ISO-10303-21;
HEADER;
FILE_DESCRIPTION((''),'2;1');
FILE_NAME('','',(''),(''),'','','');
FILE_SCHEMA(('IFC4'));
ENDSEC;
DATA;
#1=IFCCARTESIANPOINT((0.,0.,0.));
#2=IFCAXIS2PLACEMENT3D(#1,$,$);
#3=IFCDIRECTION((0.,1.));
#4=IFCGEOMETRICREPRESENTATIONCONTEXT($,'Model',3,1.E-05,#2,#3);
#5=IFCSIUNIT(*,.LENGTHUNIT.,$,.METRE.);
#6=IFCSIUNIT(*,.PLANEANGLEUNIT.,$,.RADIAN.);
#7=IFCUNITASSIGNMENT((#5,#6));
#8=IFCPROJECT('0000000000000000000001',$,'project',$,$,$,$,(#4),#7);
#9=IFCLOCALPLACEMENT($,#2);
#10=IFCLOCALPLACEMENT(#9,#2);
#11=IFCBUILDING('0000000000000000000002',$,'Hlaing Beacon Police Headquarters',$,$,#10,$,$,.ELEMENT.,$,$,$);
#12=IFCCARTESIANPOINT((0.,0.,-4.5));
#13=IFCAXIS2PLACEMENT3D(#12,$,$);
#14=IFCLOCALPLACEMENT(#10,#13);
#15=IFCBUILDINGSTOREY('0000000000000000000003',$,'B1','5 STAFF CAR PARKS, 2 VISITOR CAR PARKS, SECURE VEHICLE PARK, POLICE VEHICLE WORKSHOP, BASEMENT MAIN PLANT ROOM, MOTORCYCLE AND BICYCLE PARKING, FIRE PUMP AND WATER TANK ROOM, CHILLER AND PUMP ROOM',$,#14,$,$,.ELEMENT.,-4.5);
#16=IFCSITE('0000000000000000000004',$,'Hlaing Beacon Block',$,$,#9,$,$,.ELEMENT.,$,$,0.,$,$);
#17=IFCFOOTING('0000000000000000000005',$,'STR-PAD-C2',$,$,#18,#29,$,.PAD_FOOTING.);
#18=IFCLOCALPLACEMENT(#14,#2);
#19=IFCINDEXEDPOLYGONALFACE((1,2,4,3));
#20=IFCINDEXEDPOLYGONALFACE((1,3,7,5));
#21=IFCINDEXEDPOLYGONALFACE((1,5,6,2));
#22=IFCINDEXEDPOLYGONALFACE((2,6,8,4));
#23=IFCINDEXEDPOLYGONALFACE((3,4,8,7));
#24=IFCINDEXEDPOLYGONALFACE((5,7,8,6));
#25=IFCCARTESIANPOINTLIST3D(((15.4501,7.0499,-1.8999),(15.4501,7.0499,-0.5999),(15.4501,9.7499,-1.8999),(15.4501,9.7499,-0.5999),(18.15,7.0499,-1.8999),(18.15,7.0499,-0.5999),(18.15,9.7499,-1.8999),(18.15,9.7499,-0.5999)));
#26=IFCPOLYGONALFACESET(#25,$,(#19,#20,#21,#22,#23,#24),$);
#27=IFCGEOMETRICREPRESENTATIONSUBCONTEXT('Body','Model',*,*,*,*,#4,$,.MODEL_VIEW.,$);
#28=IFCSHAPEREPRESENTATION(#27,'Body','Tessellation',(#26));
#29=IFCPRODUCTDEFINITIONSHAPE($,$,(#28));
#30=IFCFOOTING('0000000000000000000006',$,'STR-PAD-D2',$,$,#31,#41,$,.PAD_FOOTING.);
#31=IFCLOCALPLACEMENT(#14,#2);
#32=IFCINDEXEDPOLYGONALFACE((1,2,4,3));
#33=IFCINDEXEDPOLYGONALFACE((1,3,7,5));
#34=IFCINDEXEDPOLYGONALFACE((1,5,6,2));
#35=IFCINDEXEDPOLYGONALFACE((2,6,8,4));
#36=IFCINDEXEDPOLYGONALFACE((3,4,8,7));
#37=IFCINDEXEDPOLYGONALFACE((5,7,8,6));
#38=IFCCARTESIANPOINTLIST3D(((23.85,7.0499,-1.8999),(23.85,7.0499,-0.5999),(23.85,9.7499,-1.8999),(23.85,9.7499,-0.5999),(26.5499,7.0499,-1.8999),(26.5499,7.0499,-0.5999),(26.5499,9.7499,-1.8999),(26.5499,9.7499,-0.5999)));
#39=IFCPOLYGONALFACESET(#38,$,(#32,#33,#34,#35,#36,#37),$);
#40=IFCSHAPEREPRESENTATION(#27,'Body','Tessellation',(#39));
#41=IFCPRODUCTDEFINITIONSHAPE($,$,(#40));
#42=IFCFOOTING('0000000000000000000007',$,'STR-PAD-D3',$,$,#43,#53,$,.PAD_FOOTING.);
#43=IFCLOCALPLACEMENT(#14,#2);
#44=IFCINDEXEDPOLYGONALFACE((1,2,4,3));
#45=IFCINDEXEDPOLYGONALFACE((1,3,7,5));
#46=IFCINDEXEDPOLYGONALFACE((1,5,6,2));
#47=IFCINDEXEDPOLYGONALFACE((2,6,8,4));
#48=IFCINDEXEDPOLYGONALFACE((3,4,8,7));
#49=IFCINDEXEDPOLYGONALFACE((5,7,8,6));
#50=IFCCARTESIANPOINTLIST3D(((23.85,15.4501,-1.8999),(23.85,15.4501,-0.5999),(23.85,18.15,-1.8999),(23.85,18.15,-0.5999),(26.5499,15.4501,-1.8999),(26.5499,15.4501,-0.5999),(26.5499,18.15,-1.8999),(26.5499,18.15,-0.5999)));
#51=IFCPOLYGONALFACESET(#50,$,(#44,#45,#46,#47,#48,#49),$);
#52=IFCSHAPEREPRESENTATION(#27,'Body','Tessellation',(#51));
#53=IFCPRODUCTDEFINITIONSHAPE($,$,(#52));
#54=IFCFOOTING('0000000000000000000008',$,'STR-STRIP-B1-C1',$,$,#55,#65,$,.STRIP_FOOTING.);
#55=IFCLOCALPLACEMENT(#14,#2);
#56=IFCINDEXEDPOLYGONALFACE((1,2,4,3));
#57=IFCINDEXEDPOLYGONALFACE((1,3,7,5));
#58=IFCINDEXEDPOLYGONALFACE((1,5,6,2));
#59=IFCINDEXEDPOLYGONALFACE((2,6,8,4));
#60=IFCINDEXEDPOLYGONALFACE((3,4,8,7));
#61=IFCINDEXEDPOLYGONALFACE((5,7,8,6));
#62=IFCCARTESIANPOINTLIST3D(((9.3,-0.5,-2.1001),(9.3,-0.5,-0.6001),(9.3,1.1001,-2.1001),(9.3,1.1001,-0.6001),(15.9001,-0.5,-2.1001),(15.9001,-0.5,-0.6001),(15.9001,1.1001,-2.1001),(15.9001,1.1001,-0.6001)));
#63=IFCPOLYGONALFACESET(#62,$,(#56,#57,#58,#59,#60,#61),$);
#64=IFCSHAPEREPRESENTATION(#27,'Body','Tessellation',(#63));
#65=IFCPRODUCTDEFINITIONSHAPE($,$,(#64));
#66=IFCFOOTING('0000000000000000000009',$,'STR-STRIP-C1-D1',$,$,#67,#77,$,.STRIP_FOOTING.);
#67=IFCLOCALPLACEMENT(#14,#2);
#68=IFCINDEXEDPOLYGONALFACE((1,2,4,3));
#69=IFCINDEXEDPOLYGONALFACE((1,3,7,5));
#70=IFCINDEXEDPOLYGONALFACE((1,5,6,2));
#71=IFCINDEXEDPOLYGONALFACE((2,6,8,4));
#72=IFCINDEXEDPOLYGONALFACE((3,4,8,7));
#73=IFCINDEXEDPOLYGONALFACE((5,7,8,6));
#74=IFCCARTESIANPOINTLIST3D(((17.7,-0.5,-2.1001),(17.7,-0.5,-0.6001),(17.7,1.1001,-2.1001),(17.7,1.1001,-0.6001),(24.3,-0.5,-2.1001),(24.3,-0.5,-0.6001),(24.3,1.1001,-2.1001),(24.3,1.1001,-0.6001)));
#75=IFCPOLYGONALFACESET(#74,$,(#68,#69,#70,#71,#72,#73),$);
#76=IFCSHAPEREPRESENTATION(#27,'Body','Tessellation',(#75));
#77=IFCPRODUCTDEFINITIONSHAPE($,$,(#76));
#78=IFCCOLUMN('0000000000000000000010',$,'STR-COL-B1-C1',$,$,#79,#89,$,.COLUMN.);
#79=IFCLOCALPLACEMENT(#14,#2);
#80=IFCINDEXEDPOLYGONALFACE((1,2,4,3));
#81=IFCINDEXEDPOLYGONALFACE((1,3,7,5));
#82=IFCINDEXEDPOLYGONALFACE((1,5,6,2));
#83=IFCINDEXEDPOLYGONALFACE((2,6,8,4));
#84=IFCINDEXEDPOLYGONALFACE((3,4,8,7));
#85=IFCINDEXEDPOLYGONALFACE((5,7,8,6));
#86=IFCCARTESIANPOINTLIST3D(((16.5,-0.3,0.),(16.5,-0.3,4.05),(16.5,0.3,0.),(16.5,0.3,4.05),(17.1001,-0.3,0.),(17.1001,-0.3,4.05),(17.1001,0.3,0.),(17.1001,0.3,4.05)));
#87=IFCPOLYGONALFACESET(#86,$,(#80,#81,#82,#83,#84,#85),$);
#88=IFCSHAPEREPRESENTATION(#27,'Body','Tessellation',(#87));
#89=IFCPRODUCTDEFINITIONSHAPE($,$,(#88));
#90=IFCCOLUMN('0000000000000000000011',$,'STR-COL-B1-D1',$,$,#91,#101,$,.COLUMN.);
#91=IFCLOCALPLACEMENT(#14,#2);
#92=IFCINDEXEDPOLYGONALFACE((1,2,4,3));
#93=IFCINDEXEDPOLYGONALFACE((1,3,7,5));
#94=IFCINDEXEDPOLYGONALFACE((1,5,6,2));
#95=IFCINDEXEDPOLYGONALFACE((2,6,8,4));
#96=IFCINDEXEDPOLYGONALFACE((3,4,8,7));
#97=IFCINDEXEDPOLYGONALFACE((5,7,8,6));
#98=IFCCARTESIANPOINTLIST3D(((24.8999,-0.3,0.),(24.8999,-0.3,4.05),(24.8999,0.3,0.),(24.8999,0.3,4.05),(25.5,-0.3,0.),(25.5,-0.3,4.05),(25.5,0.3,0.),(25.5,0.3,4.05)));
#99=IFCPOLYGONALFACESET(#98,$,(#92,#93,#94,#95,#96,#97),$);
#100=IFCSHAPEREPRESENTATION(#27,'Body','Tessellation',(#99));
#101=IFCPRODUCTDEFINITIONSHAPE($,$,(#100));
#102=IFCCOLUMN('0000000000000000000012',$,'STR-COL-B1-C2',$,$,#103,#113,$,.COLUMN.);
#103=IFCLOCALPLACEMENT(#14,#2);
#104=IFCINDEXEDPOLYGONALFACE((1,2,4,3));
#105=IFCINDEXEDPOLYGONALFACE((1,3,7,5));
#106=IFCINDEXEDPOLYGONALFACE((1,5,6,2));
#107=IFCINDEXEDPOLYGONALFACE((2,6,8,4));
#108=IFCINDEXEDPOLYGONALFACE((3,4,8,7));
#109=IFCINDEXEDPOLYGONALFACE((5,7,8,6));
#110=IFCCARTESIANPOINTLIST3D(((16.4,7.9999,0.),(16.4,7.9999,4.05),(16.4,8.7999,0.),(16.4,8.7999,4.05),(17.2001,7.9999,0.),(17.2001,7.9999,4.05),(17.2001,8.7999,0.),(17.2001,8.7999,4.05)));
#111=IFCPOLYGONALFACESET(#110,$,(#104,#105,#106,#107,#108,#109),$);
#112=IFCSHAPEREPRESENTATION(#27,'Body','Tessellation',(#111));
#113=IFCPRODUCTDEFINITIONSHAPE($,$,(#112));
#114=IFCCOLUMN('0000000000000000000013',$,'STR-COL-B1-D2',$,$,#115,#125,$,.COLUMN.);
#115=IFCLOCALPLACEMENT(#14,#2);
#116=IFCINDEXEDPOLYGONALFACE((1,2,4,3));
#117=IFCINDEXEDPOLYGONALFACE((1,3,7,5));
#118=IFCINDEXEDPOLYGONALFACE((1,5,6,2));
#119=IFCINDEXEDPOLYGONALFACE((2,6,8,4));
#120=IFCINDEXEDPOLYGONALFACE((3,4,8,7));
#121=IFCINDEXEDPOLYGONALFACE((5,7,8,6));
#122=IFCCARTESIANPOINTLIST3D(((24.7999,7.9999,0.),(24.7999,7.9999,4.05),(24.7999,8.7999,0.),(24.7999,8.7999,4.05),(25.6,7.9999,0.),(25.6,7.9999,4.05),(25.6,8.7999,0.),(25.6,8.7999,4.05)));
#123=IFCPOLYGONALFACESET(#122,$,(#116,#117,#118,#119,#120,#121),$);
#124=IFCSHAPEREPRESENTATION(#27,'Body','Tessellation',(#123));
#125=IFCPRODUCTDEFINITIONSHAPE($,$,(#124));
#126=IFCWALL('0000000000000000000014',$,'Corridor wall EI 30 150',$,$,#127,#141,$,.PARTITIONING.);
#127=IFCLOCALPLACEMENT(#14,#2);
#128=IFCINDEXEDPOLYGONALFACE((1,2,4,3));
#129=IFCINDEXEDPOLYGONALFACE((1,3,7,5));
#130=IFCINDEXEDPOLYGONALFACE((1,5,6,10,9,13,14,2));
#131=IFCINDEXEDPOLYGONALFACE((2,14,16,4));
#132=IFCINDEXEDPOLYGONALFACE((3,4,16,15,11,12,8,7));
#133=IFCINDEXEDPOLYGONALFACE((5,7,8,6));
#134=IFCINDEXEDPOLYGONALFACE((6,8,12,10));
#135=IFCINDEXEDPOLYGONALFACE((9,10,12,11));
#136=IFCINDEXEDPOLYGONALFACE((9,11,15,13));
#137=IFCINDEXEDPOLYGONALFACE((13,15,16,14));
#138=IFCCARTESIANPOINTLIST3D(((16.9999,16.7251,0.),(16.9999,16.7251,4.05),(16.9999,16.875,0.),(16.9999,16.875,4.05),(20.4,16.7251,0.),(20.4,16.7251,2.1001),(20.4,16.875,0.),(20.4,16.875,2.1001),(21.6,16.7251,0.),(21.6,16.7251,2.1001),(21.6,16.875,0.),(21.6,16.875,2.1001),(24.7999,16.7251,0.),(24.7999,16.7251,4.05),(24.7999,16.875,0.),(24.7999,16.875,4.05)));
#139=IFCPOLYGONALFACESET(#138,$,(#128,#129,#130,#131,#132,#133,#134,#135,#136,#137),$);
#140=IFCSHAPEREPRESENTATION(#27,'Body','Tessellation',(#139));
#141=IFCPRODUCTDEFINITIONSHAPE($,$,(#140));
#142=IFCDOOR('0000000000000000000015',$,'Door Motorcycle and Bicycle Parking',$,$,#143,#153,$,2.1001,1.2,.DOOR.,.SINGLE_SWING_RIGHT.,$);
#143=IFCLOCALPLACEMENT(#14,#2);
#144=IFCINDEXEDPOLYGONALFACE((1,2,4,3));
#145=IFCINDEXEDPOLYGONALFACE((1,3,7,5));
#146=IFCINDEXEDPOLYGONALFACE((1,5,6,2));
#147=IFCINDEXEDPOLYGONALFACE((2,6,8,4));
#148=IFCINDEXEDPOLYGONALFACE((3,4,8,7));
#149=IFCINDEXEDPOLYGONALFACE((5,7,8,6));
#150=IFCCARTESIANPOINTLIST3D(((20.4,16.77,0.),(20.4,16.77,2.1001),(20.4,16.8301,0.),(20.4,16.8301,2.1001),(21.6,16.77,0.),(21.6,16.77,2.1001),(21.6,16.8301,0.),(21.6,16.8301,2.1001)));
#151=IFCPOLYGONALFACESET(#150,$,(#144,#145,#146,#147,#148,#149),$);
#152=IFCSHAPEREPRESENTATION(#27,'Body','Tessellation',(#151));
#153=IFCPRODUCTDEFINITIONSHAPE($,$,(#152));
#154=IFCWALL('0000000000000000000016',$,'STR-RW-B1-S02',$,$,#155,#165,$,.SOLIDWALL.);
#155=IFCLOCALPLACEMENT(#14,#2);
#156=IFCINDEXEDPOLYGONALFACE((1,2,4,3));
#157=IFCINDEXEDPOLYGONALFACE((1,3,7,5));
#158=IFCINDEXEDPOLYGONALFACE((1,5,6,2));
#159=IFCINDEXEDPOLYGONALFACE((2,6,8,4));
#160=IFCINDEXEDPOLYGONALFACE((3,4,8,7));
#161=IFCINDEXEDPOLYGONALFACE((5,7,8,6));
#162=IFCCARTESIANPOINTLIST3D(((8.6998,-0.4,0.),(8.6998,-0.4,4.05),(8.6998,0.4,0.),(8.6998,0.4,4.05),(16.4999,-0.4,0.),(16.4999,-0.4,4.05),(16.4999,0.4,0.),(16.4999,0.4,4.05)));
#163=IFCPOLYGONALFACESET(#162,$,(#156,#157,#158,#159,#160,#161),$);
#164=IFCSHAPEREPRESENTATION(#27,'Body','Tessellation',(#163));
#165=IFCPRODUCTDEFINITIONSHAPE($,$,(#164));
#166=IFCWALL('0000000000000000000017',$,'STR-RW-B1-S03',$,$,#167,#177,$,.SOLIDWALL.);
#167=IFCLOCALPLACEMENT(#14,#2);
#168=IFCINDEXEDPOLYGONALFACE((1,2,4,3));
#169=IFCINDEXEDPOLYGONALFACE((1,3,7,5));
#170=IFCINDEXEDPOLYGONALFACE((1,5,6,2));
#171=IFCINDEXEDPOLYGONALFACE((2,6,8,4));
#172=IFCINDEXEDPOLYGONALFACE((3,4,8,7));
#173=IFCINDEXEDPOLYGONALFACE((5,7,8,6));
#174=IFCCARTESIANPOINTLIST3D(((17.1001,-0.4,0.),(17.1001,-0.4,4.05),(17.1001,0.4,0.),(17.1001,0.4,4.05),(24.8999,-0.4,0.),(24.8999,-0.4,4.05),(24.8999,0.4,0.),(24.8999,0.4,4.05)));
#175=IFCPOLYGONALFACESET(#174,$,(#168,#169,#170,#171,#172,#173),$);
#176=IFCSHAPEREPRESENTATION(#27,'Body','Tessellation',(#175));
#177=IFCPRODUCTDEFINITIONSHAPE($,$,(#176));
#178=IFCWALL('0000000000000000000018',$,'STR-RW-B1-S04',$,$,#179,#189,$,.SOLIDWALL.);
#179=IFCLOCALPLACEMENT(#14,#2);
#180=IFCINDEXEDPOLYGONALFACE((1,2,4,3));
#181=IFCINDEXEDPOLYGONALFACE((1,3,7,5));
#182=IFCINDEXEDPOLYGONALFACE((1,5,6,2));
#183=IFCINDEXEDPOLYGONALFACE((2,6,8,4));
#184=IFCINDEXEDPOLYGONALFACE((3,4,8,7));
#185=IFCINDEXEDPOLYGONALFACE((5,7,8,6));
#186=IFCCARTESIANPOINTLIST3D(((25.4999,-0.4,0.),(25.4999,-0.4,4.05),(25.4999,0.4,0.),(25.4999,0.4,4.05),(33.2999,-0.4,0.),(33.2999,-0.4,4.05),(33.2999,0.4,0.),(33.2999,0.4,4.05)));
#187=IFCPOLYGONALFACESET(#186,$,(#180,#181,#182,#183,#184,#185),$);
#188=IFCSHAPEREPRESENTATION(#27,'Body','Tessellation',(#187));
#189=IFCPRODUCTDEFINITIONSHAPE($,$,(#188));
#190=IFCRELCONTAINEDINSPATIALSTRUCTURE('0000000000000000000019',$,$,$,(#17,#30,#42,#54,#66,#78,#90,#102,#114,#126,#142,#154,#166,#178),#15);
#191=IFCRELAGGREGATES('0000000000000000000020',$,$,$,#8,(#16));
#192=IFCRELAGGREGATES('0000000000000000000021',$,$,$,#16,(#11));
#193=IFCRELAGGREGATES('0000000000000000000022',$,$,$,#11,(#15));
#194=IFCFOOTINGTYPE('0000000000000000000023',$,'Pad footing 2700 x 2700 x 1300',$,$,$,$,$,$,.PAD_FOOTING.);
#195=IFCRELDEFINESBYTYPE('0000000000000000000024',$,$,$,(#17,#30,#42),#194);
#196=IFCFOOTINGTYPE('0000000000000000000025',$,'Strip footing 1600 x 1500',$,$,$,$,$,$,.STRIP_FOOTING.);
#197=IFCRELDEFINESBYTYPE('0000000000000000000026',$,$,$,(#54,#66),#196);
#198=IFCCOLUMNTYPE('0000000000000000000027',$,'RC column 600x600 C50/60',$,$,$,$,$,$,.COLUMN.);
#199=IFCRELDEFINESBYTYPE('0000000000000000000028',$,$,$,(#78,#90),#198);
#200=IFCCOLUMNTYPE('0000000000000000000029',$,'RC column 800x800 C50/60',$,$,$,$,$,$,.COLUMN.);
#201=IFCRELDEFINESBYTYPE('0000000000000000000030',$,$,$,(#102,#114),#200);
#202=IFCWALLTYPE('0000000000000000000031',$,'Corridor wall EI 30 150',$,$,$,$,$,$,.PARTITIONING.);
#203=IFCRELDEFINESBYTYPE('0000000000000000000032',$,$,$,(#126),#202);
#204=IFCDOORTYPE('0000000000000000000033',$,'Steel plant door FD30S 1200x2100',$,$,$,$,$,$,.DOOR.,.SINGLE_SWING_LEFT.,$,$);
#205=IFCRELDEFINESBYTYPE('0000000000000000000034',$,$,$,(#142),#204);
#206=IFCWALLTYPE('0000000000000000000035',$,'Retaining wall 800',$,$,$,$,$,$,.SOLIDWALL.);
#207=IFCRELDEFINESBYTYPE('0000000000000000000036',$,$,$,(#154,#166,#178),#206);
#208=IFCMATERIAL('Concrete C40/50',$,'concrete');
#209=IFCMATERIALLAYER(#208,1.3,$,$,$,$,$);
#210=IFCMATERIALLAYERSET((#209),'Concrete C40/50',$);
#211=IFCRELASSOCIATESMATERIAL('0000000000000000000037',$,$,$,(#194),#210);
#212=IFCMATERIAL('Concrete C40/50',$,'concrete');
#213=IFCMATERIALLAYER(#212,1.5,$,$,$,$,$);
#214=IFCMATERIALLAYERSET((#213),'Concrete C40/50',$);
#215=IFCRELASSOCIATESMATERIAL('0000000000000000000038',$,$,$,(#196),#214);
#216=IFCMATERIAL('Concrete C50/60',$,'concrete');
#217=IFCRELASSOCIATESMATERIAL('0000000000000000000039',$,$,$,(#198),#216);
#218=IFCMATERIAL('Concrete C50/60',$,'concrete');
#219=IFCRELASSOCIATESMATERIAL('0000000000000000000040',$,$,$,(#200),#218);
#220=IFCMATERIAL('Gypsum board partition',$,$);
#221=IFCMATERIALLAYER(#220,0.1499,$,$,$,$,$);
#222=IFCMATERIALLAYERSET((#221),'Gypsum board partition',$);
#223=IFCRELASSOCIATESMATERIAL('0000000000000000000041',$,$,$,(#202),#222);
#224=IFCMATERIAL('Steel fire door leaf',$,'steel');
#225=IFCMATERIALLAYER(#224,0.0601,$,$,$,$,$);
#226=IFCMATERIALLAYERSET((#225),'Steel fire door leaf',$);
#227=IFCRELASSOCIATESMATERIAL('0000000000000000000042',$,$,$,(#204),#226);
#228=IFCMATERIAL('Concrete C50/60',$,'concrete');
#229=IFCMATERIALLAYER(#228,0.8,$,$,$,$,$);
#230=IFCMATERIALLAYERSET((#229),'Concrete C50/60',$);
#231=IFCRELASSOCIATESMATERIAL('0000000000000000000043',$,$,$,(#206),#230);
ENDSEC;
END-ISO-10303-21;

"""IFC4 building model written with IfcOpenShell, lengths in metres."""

from ifc_helpers import new_model, si_unit, direction, frame, frame_2d, origin, origin_2d, place, context, subcontext, project, spatial, rectangle, extrude, material, layer, layer_set, material_profile, profile_set, type_object, element, fill, save


model = new_model("IFC4")

# Units and contexts
model_context = context("Model", 3, precision=1e-05, world=origin(), true_north=direction((0.0, 1.0)))
body_context = subcontext(model_context, "Body", "Model", "MODEL_VIEW")
ifc_project = project(units=[si_unit("LENGTHUNIT", "METRE"), si_unit("PLANEANGLEUNIT", "RADIAN")], contexts=[model_context])

# Site, building, storey
site_placement = place(None, origin())
site = spatial("IfcSite", under=ifc_project, at=site_placement, Name="Hlaing Beacon Block", CompositionType="ELEMENT", RefElevation=0.0)
building_placement = place(site_placement, origin())
building = spatial("IfcBuilding", under=site, at=building_placement, Name="Hlaing Beacon Police Headquarters", CompositionType="ELEMENT")
storey_placement = place(building_placement, frame((0.0, 0.0, -4.5)))
storey = spatial("IfcBuildingStorey", under=building, at=storey_placement, Name="B1", Description="5 STAFF CAR PARKS, 2 VISITOR CAR PARKS, SECURE VEHICLE PARK, POLICE VEHICLE WORKSHOP, BASEMENT MAIN PLANT ROOM, MOTORCYCLE AND BICYCLE PARKING, FIRE PUMP AND WATER TANK ROOM, CHILLER AND PUMP ROOM", CompositionType="ELEMENT", Elevation=-4.5)

# Footings
ifc_material_1 = material(Name="Concrete C40/50", Category="concrete")
ifc_layer_1 = layer(ifc_material_1, 1.3)
ifc_layer_set_1 = layer_set([ifc_layer_1], Name="Concrete C40/50")
footing_type_1 = type_object("IfcFootingType", Name="Pad footing 2700 x 2700 x 1300", PredefinedType="PAD_FOOTING", material=ifc_layer_set_1)
for number, where, z_axis, x_axis, name in (
    (1, (16.8, 8.3999, -1.8999), (0.0, 0.0, 1.0), (1.0, 0.0, 0.0), "STR-PAD-C2"),
    (2, (25.2, 8.3999, -1.8999), (0.0, 0.0, 1.0), (1.0, 0.0, 0.0), "STR-PAD-D2"),
    (3, (25.2, 16.8, -1.8999), (0.0, 0.0, 1.0), (1.0, 0.0, 0.0), "STR-PAD-D3"),
):
    element("IfcFooting", number, at=place(storey_placement, frame(where, z_axis=z_axis, x_axis=x_axis)), inside=storey, type_object=footing_type_1, Name=name, PredefinedType="PAD_FOOTING", context=body_context, shape_type="SweptSolid", body=[
        extrude(rectangle(XDim=2.7, YDim=2.7, at=origin_2d()), origin(), (0.0, 0.0, 1.0), 1.3),
    ])
ifc_material_2 = material(Name="Concrete C40/50", Category="concrete")
ifc_layer_2 = layer(ifc_material_2, 1.5)
ifc_layer_set_2 = layer_set([ifc_layer_2], Name="Concrete C40/50")
footing_type_2 = type_object("IfcFootingType", Name="Strip footing 1600 x 1500", PredefinedType="STRIP_FOOTING", material=ifc_layer_set_2)
for number, where, z_axis, x_axis, name in (
    (4, (12.6001, 0.3, -2.1001), (0.0, 0.0, 1.0), (1.0, 0.0, 0.0), "STR-STRIP-B1-C1"),
    (5, (21.0, 0.3, -2.1001), (0.0, 0.0, 1.0), (1.0, 0.0, 0.0), "STR-STRIP-C1-D1"),
):
    element("IfcFooting", number, at=place(storey_placement, frame(where, z_axis=z_axis, x_axis=x_axis)), inside=storey, type_object=footing_type_2, Name=name, PredefinedType="STRIP_FOOTING", context=body_context, shape_type="SweptSolid", body=[
        extrude(rectangle(XDim=6.6001, YDim=1.6001, at=origin_2d()), origin(), (0.0, 0.0, 1.0), 1.5),
    ])

# Columns
ifc_material_3 = material(Name="Concrete C50/60", Category="concrete")
ifc_material_profile_1 = material_profile(ifc_material_3, rectangle(XDim=0.6001, YDim=0.6001, at=origin_2d()), Name="600x600")
ifc_profile_set_1 = profile_set([ifc_material_profile_1], Name="Concrete C50/60")
column_type_1 = type_object("IfcColumnType", Name="RC column 600x600 C50/60", PredefinedType="COLUMN", material=ifc_profile_set_1)
for number, where, z_axis, x_axis, name in (
    (6, (16.8, 0.0, 0.0), (0.0, 0.0, 1.0), (1.0, 0.0, 0.0), "STR-COL-B1-C1"),
    (7, (25.2, 0.0, 0.0), (0.0, 0.0, 1.0), (1.0, 0.0, 0.0), "STR-COL-B1-D1"),
):
    element("IfcColumn", number, at=place(storey_placement, frame(where, z_axis=z_axis, x_axis=x_axis)), inside=storey, type_object=column_type_1, Name=name, PredefinedType="COLUMN", context=body_context, shape_type="SweptSolid", body=[
        extrude(rectangle(XDim=0.6001, YDim=0.6001, at=origin_2d()), origin(), (0.0, 0.0, 1.0), 4.05),
    ])
ifc_material_4 = material(Name="Concrete C50/60", Category="concrete")
ifc_material_profile_2 = material_profile(ifc_material_4, rectangle(XDim=0.8, YDim=0.8, at=origin_2d()), Name="800x800")
ifc_profile_set_2 = profile_set([ifc_material_profile_2], Name="Concrete C50/60")
column_type_2 = type_object("IfcColumnType", Name="RC column 800x800 C50/60", PredefinedType="COLUMN", material=ifc_profile_set_2)
for number, where, z_axis, x_axis, name in (
    (8, (16.8, 8.3999, 0.0), (0.0, 0.0, 1.0), (1.0, 0.0, 0.0), "STR-COL-B1-C2"),
    (9, (25.2, 8.3999, 0.0), (0.0, 0.0, 1.0), (1.0, 0.0, 0.0), "STR-COL-B1-D2"),
):
    element("IfcColumn", number, at=place(storey_placement, frame(where, z_axis=z_axis, x_axis=x_axis)), inside=storey, type_object=column_type_2, Name=name, PredefinedType="COLUMN", context=body_context, shape_type="SweptSolid", body=[
        extrude(rectangle(XDim=0.8, YDim=0.8, at=origin_2d()), origin(), (0.0, 0.0, 1.0), 4.05),
    ])

# Wall, opening, door
ifc_material_5 = material(Name="Gypsum board partition")
ifc_layer_3 = layer(ifc_material_5, 0.1499)
ifc_layer_set_3 = layer_set([ifc_layer_3], Name="Gypsum board partition")
wall_type_1 = type_object("IfcWallType", Name="Corridor wall EI 30 150", PredefinedType="PARTITIONING", material=ifc_layer_set_3)
wall_1_placement = place(storey_placement, frame((17.0, 16.8, 0.0), z_axis=(0.0, 0.0, 1.0), x_axis=(1.0, 0.0, 0.0)))
wall_1 = element("IfcWall", 10, at=wall_1_placement, inside=storey, type_object=wall_type_1, Name="Corridor wall EI 30 150", PredefinedType="PARTITIONING", context=body_context, shape_type="SweptSolid", body=[
    extrude(rectangle(XDim=7.8, YDim=0.1499, at=frame_2d((3.8999, 0.0))), origin(), (0.0, 0.0, 1.0), 4.05),
])
opening_placement = place(wall_1_placement, frame((3.3999, 0.0, 0.0)))
opening = element("IfcOpeningElement", 11, at=opening_placement, cuts=wall_1, PredefinedType="OPENING", context=body_context, shape_type="SweptSolid", body=[
    extrude(rectangle(XDim=1.2, YDim=2.1001, at=frame_2d((0.6001, 1.05))), frame((0.0, 0.085, 0.0), z_axis=(0.0, -1.0, 0.0), x_axis=(1.0, 0.0, 0.0)), (0.0, 0.0, 1.0), 0.1699),
])
ifc_material_6 = material(Name="Steel fire door leaf", Category="steel")
ifc_layer_4 = layer(ifc_material_6, 0.0601)
ifc_layer_set_4 = layer_set([ifc_layer_4], Name="Steel fire door leaf")
door_type = type_object("IfcDoorType", Name="Steel plant door FD30S 1200x2100", OperationType="SINGLE_SWING_LEFT", PredefinedType="DOOR", material=ifc_layer_set_4)
door_placement = place(opening_placement, origin())
door = element("IfcDoor", 12, at=door_placement, inside=storey, type_object=door_type, Name="Door Motorcycle and Bicycle Parking", OperationType="SINGLE_SWING_RIGHT", OverallHeight=2.1001, OverallWidth=1.2, PredefinedType="DOOR", context=body_context, shape_type="SweptSolid", body=[
    extrude(rectangle(XDim=1.2, YDim=2.1001, at=frame_2d((0.6001, 1.05))), frame((0.0, 0.03, 0.0), z_axis=(0.0, -1.0, 0.0), x_axis=(1.0, 0.0, 0.0)), (0.0, 0.0, 1.0), 0.0601),
])
fill(opening, door)

# Walls
ifc_material_7 = material(Name="Concrete C50/60", Category="concrete")
ifc_layer_5 = layer(ifc_material_7, 0.8)
ifc_layer_set_5 = layer_set([ifc_layer_5], Name="Concrete C50/60")
wall_type_2 = type_object("IfcWallType", Name="Retaining wall 800", PredefinedType="SOLIDWALL", material=ifc_layer_set_5)
wall_2_placement = place(storey_placement, frame((8.7, 0.0, 0.0), z_axis=(0.0, 0.0, 1.0), x_axis=(1.0, 0.0, 0.0)))
element("IfcWall", 13, at=wall_2_placement, inside=storey, type_object=wall_type_2, Name="STR-RW-B1-S02", PredefinedType="SOLIDWALL", context=body_context, shape_type="SweptSolid", body=[
    extrude(rectangle(XDim=7.8, YDim=0.8, at=frame_2d((3.8999, 0.0))), origin(), (0.0, 0.0, 1.0), 4.05),
])
wall_3_placement = place(storey_placement, frame((17.1001, 0.0, 0.0), z_axis=(0.0, 0.0, 1.0), x_axis=(1.0, 0.0, 0.0)))
element("IfcWall", 14, at=wall_3_placement, inside=storey, type_object=wall_type_2, Name="STR-RW-B1-S03", PredefinedType="SOLIDWALL", context=body_context, shape_type="SweptSolid", body=[
    extrude(rectangle(XDim=7.7998, YDim=0.8, at=frame_2d((3.8999, 0.0))), origin(), (0.0, 0.0, 1.0), 4.05),
])
wall_4_placement = place(storey_placement, frame((25.5, 0.0, 0.0), z_axis=(0.0, 0.0, 1.0), x_axis=(1.0, 0.0, 0.0)))
element("IfcWall", 15, at=wall_4_placement, inside=storey, type_object=wall_type_2, Name="STR-RW-B1-S04", PredefinedType="SOLIDWALL", context=body_context, shape_type="SweptSolid", body=[
    extrude(rectangle(XDim=7.8, YDim=0.8, at=frame_2d((3.8999, 0.0))), origin(), (0.0, 0.0, 1.0), 4.05),
])

save(model, "model.ifc")
